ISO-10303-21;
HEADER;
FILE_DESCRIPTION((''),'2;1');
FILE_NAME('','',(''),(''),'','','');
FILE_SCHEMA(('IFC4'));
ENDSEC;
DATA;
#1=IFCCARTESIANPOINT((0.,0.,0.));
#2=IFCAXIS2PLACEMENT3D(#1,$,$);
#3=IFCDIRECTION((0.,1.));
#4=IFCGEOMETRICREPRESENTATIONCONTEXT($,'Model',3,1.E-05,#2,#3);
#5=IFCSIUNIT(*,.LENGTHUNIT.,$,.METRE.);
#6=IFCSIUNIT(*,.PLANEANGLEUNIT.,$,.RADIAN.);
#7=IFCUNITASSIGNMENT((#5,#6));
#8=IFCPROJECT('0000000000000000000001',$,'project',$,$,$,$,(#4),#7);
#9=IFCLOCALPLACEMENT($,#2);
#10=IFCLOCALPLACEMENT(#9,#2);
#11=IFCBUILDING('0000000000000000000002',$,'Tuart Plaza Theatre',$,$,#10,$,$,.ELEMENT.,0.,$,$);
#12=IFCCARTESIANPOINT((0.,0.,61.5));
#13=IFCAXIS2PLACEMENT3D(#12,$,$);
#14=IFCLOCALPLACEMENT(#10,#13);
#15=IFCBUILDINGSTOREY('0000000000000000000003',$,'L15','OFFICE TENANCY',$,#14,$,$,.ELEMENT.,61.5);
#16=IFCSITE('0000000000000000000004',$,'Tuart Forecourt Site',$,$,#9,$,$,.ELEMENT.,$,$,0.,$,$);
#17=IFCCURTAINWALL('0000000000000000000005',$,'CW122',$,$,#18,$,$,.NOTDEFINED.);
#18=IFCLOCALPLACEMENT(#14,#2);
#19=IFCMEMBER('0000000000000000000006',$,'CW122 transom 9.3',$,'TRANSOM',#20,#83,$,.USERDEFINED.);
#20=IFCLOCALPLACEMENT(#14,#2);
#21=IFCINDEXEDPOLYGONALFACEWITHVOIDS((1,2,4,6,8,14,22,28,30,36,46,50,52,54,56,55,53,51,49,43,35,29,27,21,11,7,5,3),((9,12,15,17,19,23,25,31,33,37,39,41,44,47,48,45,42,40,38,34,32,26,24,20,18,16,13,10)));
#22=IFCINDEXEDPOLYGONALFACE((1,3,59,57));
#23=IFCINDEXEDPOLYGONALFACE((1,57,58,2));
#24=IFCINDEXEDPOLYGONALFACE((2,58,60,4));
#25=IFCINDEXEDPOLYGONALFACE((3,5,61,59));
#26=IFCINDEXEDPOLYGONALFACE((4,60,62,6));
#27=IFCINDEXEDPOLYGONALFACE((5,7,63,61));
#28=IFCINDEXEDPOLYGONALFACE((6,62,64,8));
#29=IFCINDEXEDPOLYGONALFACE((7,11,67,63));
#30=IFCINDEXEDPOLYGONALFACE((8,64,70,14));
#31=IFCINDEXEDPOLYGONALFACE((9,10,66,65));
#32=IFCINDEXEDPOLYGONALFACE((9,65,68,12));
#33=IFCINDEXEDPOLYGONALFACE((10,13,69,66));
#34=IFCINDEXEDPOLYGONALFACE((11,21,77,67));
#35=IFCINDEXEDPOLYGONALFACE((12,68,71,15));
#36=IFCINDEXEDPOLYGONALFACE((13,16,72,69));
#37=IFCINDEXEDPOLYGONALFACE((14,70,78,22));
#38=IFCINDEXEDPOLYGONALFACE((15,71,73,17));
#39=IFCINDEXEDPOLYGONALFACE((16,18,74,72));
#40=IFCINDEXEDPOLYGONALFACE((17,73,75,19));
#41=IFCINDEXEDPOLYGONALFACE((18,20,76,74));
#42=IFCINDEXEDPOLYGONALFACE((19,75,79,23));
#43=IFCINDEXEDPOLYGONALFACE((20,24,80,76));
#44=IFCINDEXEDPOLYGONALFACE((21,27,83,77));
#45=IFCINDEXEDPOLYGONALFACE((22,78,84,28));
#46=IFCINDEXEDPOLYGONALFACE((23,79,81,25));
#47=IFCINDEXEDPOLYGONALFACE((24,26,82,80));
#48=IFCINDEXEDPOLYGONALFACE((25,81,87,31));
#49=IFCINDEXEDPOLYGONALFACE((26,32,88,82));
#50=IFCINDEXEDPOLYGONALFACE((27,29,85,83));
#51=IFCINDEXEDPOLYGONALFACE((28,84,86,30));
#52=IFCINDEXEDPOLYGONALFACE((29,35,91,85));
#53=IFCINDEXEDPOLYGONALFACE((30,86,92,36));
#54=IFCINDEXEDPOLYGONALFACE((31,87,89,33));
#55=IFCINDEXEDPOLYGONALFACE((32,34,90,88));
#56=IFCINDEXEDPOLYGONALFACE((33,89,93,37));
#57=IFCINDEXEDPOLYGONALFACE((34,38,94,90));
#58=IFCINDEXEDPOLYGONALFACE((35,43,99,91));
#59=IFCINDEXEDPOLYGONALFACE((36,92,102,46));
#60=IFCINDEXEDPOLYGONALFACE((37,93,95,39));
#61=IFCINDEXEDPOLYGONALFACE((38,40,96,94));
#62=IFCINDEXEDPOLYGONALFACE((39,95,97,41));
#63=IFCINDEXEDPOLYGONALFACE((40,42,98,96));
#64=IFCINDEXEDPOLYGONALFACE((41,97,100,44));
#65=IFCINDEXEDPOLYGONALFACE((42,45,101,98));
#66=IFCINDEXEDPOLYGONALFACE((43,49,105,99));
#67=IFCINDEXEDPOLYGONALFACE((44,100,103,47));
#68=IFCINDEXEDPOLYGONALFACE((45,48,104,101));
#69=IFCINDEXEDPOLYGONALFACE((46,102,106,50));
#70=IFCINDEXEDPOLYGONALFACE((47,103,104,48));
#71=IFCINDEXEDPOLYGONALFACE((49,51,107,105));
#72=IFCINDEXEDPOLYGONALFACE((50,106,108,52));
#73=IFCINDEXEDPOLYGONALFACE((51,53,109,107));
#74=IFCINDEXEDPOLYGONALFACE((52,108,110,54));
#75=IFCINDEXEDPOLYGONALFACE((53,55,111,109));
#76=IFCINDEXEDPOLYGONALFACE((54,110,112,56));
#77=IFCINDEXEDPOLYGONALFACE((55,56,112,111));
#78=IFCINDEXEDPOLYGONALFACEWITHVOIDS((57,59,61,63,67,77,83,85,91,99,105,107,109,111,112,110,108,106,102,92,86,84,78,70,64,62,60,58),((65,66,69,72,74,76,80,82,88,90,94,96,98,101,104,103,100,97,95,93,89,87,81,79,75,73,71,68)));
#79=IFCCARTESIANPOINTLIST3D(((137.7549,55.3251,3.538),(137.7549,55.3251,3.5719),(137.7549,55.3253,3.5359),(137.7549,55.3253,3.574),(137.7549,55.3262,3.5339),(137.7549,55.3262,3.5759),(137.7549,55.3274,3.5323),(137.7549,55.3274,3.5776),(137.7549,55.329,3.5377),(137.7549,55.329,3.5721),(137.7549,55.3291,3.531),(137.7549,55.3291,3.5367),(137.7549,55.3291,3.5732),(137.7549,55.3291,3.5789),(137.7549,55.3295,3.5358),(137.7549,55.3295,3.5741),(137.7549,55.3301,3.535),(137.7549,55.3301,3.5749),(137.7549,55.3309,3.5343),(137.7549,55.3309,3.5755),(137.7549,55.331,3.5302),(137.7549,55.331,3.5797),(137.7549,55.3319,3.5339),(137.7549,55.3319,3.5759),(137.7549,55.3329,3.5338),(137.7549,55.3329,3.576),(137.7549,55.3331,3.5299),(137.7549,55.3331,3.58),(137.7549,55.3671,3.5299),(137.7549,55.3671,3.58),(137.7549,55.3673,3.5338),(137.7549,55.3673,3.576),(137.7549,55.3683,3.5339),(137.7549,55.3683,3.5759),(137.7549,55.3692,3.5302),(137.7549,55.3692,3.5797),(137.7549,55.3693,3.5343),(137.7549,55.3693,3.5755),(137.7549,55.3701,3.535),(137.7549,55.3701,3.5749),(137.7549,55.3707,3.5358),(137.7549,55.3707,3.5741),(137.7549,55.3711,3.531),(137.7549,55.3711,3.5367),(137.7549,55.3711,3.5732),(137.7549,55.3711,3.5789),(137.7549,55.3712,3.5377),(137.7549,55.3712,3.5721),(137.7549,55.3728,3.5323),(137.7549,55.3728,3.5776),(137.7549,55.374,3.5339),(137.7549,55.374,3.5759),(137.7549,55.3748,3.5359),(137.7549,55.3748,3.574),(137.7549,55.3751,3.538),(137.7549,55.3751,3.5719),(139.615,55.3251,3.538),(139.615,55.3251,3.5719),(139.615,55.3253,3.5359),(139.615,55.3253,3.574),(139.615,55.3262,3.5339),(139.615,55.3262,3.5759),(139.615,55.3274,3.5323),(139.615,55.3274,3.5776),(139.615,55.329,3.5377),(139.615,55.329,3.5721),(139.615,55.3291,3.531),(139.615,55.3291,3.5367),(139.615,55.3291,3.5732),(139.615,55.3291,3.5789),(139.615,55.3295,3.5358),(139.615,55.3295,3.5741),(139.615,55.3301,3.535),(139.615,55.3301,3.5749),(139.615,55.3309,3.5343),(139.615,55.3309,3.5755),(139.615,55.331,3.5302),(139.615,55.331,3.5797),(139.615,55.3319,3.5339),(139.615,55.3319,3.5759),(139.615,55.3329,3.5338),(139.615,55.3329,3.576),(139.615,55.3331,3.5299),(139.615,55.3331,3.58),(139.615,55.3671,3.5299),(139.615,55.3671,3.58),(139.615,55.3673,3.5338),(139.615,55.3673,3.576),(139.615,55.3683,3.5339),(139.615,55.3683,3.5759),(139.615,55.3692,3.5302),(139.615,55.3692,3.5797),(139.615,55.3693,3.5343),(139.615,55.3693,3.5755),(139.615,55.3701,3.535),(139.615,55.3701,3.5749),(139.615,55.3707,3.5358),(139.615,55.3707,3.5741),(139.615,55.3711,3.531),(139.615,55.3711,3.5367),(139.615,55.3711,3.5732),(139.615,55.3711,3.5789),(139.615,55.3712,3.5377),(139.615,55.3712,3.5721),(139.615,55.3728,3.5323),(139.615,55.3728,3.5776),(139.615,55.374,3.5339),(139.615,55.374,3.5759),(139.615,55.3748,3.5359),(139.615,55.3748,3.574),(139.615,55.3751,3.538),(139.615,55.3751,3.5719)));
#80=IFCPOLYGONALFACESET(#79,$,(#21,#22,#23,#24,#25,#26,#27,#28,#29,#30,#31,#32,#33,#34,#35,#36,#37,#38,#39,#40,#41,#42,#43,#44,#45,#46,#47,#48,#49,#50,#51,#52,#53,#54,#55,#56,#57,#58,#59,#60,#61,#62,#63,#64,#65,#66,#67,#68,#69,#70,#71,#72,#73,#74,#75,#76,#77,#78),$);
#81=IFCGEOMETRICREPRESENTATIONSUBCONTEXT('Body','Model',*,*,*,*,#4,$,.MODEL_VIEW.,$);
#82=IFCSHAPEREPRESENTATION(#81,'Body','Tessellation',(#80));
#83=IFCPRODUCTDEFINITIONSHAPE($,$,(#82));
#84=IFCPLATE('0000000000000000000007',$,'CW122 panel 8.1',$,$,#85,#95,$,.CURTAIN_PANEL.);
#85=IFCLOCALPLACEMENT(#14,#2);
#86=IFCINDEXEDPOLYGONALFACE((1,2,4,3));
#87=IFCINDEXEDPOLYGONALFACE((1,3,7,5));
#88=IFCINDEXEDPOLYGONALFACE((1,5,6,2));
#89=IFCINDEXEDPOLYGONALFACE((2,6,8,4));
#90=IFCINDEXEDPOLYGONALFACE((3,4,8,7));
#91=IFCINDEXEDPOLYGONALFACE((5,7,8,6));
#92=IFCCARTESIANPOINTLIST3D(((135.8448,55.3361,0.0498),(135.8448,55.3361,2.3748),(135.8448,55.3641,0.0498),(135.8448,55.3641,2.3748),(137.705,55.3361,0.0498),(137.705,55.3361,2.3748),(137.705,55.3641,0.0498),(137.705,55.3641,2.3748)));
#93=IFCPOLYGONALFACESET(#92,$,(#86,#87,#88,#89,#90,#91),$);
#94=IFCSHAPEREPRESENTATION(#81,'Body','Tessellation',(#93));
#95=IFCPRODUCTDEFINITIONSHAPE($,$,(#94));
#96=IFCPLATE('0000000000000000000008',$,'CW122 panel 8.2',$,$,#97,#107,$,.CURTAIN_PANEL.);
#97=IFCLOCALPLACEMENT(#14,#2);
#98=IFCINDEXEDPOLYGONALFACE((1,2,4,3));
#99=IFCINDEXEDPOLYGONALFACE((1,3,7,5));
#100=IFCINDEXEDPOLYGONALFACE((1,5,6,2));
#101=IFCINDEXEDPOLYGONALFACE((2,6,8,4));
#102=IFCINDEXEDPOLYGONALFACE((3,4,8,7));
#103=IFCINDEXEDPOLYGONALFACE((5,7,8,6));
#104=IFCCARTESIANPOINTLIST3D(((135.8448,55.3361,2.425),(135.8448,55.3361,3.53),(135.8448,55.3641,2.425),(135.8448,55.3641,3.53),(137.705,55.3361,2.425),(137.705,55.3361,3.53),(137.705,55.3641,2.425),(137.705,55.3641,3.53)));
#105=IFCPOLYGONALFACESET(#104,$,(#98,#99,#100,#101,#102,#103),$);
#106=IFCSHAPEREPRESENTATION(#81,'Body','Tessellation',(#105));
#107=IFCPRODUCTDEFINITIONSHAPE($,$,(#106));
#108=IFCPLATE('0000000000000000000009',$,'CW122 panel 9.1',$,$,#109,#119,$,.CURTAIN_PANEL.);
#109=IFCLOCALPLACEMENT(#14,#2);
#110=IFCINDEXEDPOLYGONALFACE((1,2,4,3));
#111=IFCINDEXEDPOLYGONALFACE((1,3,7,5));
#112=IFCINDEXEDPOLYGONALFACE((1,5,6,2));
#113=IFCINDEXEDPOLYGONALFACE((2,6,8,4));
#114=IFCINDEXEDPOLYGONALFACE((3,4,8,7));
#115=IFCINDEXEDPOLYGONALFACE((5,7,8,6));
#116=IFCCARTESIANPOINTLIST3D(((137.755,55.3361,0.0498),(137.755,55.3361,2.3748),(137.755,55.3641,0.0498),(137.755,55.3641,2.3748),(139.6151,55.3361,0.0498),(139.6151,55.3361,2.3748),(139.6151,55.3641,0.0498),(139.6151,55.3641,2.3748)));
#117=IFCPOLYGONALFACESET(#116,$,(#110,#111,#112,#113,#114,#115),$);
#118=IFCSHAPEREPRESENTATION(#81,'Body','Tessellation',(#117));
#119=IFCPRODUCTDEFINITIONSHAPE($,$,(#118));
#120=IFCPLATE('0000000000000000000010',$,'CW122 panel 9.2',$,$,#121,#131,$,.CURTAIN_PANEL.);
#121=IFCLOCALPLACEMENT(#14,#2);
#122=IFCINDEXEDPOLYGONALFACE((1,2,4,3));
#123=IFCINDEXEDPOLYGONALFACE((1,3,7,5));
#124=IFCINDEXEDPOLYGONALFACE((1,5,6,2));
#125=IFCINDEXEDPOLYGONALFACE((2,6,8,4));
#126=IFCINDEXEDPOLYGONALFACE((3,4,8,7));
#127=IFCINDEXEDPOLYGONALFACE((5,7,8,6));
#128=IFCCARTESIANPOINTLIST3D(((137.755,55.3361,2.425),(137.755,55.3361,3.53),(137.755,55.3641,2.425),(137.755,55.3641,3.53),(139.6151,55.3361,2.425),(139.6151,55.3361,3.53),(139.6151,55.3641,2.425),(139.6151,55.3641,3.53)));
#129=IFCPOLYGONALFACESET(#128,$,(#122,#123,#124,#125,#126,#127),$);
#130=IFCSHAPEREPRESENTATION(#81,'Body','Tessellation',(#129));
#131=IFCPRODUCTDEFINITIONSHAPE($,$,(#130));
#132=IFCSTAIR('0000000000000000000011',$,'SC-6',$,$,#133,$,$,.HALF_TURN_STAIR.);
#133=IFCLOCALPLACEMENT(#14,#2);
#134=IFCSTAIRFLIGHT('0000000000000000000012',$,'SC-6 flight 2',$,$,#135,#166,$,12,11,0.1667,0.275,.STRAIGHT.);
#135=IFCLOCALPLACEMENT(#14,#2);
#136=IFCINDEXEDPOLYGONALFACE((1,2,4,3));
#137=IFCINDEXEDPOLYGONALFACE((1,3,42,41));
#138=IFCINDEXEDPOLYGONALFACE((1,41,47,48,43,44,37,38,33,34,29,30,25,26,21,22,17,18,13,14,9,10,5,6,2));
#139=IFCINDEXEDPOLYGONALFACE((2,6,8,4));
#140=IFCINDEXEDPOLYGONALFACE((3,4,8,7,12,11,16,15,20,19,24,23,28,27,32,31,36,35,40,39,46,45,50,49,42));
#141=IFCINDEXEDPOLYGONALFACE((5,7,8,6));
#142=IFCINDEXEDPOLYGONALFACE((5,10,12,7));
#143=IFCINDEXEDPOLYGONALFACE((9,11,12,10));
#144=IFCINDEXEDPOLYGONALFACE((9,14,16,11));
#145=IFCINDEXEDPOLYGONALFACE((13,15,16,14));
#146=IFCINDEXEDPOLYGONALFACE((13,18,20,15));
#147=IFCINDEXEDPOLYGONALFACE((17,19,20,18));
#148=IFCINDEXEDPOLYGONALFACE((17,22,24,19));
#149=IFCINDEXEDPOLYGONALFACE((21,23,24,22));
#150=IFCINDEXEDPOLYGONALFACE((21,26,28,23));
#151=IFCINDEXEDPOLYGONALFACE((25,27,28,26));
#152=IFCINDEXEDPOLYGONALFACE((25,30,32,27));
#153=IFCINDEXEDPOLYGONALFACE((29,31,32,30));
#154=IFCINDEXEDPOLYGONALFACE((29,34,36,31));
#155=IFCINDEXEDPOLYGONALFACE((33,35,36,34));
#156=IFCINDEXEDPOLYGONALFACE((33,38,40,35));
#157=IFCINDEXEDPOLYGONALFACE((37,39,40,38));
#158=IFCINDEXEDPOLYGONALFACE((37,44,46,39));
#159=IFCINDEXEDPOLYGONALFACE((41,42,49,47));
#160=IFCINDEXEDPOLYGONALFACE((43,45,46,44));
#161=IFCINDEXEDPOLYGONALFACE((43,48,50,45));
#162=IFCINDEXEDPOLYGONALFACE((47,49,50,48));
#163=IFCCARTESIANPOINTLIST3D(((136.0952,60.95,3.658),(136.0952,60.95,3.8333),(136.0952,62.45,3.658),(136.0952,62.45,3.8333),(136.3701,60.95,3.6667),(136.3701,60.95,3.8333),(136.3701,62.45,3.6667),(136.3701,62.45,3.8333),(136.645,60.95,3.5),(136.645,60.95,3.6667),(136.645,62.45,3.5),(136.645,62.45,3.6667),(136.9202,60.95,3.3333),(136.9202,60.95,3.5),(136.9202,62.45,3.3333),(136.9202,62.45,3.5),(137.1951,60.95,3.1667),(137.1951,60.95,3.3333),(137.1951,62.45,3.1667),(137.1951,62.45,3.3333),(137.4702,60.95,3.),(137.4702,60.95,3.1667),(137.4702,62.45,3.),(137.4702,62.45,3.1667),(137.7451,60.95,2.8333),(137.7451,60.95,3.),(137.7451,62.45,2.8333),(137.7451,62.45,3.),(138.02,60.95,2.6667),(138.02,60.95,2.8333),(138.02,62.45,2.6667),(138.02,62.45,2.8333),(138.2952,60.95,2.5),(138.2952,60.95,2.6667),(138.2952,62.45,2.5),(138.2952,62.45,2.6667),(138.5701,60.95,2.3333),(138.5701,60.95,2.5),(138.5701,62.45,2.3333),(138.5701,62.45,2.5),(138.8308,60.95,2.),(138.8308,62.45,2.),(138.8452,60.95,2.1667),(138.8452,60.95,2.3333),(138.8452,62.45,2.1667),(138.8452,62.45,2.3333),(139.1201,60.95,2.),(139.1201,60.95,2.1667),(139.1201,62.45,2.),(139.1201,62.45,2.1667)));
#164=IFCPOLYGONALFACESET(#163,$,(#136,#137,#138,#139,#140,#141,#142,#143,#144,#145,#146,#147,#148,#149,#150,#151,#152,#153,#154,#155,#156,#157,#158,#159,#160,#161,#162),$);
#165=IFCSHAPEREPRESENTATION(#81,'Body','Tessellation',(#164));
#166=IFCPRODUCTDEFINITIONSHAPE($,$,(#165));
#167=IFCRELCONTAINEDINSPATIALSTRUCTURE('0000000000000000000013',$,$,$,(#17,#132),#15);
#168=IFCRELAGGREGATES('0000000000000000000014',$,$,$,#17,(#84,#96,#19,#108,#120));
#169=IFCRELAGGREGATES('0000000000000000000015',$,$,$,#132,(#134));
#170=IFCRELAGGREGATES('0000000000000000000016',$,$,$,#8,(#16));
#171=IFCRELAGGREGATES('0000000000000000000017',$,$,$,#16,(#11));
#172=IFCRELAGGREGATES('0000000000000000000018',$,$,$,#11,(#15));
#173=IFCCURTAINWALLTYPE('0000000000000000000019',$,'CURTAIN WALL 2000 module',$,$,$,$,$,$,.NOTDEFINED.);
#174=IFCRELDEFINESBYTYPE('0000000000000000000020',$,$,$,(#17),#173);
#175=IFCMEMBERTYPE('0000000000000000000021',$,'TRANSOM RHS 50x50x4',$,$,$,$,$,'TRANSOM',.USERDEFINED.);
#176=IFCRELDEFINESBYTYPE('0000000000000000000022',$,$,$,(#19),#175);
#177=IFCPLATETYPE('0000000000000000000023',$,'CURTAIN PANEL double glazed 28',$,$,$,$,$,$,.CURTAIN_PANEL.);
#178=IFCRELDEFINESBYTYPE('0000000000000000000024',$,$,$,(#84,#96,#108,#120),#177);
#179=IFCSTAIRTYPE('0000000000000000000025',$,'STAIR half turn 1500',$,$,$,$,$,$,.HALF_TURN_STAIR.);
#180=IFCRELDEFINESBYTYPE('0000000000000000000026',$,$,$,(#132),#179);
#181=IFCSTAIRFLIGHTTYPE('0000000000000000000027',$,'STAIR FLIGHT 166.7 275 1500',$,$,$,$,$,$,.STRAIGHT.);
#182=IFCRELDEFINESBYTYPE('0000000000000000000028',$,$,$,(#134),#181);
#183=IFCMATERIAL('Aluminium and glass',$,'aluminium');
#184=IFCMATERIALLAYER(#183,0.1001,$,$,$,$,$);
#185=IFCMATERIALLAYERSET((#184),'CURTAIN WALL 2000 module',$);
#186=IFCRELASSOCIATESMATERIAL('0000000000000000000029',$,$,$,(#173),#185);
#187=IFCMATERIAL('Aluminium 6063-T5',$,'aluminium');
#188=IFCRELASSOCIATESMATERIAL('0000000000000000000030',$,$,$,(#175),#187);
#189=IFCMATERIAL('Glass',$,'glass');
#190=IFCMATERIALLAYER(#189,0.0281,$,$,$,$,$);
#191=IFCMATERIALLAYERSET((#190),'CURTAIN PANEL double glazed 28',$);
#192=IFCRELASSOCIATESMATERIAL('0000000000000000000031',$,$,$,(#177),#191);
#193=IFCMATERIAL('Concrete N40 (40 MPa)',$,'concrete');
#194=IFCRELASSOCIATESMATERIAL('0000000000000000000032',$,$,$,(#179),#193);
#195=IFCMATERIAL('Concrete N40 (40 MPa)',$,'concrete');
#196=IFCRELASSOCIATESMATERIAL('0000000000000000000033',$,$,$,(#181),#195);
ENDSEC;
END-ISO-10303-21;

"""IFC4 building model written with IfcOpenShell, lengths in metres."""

from ifc_helpers import new_model, si_unit, direction, frame, origin, origin_2d, place, context, subcontext, project, spatial, polyline, rectangle, hollow_rectangle, outline, extrude, material, layer, layer_set, material_profile, profile_set, type_object, element, aggregate, save


model = new_model("IFC4")

# Units and contexts
model_context = context("Model", 3, precision=1e-05, world=origin(), true_north=direction((0.0, 1.0)))
body_context = subcontext(model_context, "Body", "Model", "MODEL_VIEW")
ifc_project = project(units=[si_unit("LENGTHUNIT", "METRE"), si_unit("PLANEANGLEUNIT", "RADIAN")], contexts=[model_context])

# Site, building, storey
site_placement = place(None, origin())
site = spatial("IfcSite", under=ifc_project, at=site_placement, Name="Tuart Forecourt Site", CompositionType="ELEMENT", RefElevation=0.0)
building_placement = place(site_placement, origin())
building = spatial("IfcBuilding", under=site, at=building_placement, Name="Tuart Plaza Theatre", CompositionType="ELEMENT", ElevationOfRefHeight=0.0)
storey_placement = place(building_placement, frame((0.0, 0.0, 61.5)))
storey = spatial("IfcBuildingStorey", under=building, at=storey_placement, Name="L15", Description="OFFICE TENANCY", CompositionType="ELEMENT", Elevation=61.5)

# Curtain wall, member, plates
ifc_material_1 = material(Name="Aluminium and glass", Category="aluminium")
ifc_layer_1 = layer(ifc_material_1, 0.1001)
ifc_layer_set_1 = layer_set([ifc_layer_1], Name="CURTAIN WALL 2000 module")
curtain_wall_type = type_object("IfcCurtainWallType", Name="CURTAIN WALL 2000 module", PredefinedType="NOTDEFINED", material=ifc_layer_set_1)
curtain_wall_placement = place(storey_placement, origin())
curtain_wall = element("IfcCurtainWall", 1, at=curtain_wall_placement, inside=storey, type_object=curtain_wall_type, Name="CW122", PredefinedType="NOTDEFINED")
ifc_material_2 = material(Name="Aluminium 6063-T5", Category="aluminium")
ifc_material_profile_1 = material_profile(ifc_material_2, hollow_rectangle(XDim=0.05, YDim=0.05, WallThickness=0.0039, InnerFilletRadius=0.0039, OuterFilletRadius=0.0081, at=origin_2d()), Name="RHS 50x50x4")
ifc_profile_set_1 = profile_set([ifc_material_profile_1], Name="Aluminium 6063-T5")
member_type_1 = type_object("IfcMemberType", Name="TRANSOM RHS 50x50x4", ElementType="TRANSOM", PredefinedType="USERDEFINED", material=ifc_profile_set_1)
member_1_placement = place(storey_placement, frame((137.7549, 55.3501, 3.5549), z_axis=(1.0, 0.0, 0.0), x_axis=(0.0, 1.0, 0.0)))
member_1 = element("IfcMember", 2, at=member_1_placement, type_object=member_type_1, Name="CW122 transom 9.3", ObjectType="TRANSOM", PredefinedType="USERDEFINED", context=body_context, shape_type="SweptSolid", body=[
    extrude(hollow_rectangle(XDim=0.05, YDim=0.05, WallThickness=0.0039, InnerFilletRadius=0.0039, OuterFilletRadius=0.0081, at=origin_2d()), origin(), (0.0, 0.0, 1.0), 1.8601),
])
ifc_material_3 = material(Name="Glass", Category="glass")
ifc_layer_2 = layer(ifc_material_3, 0.0281)
ifc_layer_set_2 = layer_set([ifc_layer_2], Name="CURTAIN PANEL double glazed 28")
plate_type = type_object("IfcPlateType", Name="CURTAIN PANEL double glazed 28", PredefinedType="CURTAIN_PANEL", material=ifc_layer_set_2)
plate_1_placement = place(storey_placement, frame((136.7749, 55.3501, 0.0498), z_axis=(0.0, 0.0, 1.0), x_axis=(1.0, 0.0, 0.0)))
plate_1 = element("IfcPlate", 3, at=plate_1_placement, type_object=plate_type, Name="CW122 panel 8.1", PredefinedType="CURTAIN_PANEL", context=body_context, shape_type="SweptSolid", body=[
    extrude(rectangle(XDim=1.8601, YDim=0.0281, at=origin_2d()), origin(), (0.0, 0.0, 1.0), 2.325),
])
plate_2_placement = place(storey_placement, frame((136.7749, 55.3501, 2.425), z_axis=(0.0, 0.0, 1.0), x_axis=(1.0, 0.0, 0.0)))
plate_2 = element("IfcPlate", 4, at=plate_2_placement, type_object=plate_type, Name="CW122 panel 8.2", PredefinedType="CURTAIN_PANEL", context=body_context, shape_type="SweptSolid", body=[
    extrude(rectangle(XDim=1.8601, YDim=0.0281, at=origin_2d()), origin(), (0.0, 0.0, 1.0), 1.105),
])
plate_3_placement = place(storey_placement, frame((138.6851, 55.3501, 0.0498), z_axis=(0.0, 0.0, 1.0), x_axis=(1.0, 0.0, 0.0)))
plate_3 = element("IfcPlate", 5, at=plate_3_placement, type_object=plate_type, Name="CW122 panel 9.1", PredefinedType="CURTAIN_PANEL", context=body_context, shape_type="SweptSolid", body=[
    extrude(rectangle(XDim=1.8601, YDim=0.0281, at=origin_2d()), origin(), (0.0, 0.0, 1.0), 2.325),
])
plate_4_placement = place(storey_placement, frame((138.6851, 55.3501, 2.425), z_axis=(0.0, 0.0, 1.0), x_axis=(1.0, 0.0, 0.0)))
plate_4 = element("IfcPlate", 6, at=plate_4_placement, type_object=plate_type, Name="CW122 panel 9.2", PredefinedType="CURTAIN_PANEL", context=body_context, shape_type="SweptSolid", body=[
    extrude(rectangle(XDim=1.8601, YDim=0.0281, at=origin_2d()), origin(), (0.0, 0.0, 1.0), 1.105),
])
aggregate(curtain_wall, [plate_1, plate_2, member_1, plate_3, plate_4])

# Stair, stair flight
ifc_material_4 = material(Name="Concrete N40 (40 MPa)", Category="concrete")
stair_type = type_object("IfcStairType", Name="STAIR half turn 1500", PredefinedType="HALF_TURN_STAIR", material=ifc_material_4)
stair_placement = place(storey_placement, origin())
stair = element("IfcStair", 7, at=stair_placement, inside=storey, type_object=stair_type, Name="SC-6", PredefinedType="HALF_TURN_STAIR")
ifc_material_5 = material(Name="Concrete N40 (40 MPa)", Category="concrete")
stair_flight_type = type_object("IfcStairFlightType", Name="STAIR FLIGHT 166.7 275 1500", PredefinedType="STRAIGHT", material=ifc_material_5)
stair_flight_placement = place(storey_placement, frame((139.1201, 61.7, 2.0), z_axis=(0.0, 0.0, 1.0), x_axis=(-1.0, 0.0, 0.0)))
stair_flight = element("IfcStairFlight", 8, at=stair_flight_placement, type_object=stair_flight_type, Name="SC-6 flight 2", NumberOfRisers=12, NumberOfTreads=11, PredefinedType="STRAIGHT", RiserHeight=0.1667, TreadLength=0.275, context=body_context, shape_type="SweptSolid", body=[
    extrude(outline(polyline([(0.0, 0.0), (0.0, 0.1667), (0.2749, 0.1667), (0.2749, 0.3333), (0.55, 0.3333), (0.55, 0.5), (0.825, 0.5), (0.825, 0.6667), (1.1001, 0.6667), (1.1001, 0.8333), (1.375, 0.8333), (1.375, 1.0), (1.6499, 1.0), (1.6499, 1.1667), (1.925, 1.1667), (1.925, 1.3333), (2.2, 1.3333), (2.2, 1.5), (2.4751, 1.5), (2.4751, 1.6667), (2.75, 1.6667), (2.75, 1.8333), (3.0249, 1.8333), (3.0249, 2.0), (3.0249, 1.658), (0.2893, 0.0), (0.0, 0.0)])), frame((0.0, 0.75, 0.0), z_axis=(0.0, -1.0, 0.0), x_axis=(1.0, 0.0, 0.0)), (0.0, 0.0, 1.0), 1.5),
])
aggregate(stair, [stair_flight])

save(model, "model.ifc")
